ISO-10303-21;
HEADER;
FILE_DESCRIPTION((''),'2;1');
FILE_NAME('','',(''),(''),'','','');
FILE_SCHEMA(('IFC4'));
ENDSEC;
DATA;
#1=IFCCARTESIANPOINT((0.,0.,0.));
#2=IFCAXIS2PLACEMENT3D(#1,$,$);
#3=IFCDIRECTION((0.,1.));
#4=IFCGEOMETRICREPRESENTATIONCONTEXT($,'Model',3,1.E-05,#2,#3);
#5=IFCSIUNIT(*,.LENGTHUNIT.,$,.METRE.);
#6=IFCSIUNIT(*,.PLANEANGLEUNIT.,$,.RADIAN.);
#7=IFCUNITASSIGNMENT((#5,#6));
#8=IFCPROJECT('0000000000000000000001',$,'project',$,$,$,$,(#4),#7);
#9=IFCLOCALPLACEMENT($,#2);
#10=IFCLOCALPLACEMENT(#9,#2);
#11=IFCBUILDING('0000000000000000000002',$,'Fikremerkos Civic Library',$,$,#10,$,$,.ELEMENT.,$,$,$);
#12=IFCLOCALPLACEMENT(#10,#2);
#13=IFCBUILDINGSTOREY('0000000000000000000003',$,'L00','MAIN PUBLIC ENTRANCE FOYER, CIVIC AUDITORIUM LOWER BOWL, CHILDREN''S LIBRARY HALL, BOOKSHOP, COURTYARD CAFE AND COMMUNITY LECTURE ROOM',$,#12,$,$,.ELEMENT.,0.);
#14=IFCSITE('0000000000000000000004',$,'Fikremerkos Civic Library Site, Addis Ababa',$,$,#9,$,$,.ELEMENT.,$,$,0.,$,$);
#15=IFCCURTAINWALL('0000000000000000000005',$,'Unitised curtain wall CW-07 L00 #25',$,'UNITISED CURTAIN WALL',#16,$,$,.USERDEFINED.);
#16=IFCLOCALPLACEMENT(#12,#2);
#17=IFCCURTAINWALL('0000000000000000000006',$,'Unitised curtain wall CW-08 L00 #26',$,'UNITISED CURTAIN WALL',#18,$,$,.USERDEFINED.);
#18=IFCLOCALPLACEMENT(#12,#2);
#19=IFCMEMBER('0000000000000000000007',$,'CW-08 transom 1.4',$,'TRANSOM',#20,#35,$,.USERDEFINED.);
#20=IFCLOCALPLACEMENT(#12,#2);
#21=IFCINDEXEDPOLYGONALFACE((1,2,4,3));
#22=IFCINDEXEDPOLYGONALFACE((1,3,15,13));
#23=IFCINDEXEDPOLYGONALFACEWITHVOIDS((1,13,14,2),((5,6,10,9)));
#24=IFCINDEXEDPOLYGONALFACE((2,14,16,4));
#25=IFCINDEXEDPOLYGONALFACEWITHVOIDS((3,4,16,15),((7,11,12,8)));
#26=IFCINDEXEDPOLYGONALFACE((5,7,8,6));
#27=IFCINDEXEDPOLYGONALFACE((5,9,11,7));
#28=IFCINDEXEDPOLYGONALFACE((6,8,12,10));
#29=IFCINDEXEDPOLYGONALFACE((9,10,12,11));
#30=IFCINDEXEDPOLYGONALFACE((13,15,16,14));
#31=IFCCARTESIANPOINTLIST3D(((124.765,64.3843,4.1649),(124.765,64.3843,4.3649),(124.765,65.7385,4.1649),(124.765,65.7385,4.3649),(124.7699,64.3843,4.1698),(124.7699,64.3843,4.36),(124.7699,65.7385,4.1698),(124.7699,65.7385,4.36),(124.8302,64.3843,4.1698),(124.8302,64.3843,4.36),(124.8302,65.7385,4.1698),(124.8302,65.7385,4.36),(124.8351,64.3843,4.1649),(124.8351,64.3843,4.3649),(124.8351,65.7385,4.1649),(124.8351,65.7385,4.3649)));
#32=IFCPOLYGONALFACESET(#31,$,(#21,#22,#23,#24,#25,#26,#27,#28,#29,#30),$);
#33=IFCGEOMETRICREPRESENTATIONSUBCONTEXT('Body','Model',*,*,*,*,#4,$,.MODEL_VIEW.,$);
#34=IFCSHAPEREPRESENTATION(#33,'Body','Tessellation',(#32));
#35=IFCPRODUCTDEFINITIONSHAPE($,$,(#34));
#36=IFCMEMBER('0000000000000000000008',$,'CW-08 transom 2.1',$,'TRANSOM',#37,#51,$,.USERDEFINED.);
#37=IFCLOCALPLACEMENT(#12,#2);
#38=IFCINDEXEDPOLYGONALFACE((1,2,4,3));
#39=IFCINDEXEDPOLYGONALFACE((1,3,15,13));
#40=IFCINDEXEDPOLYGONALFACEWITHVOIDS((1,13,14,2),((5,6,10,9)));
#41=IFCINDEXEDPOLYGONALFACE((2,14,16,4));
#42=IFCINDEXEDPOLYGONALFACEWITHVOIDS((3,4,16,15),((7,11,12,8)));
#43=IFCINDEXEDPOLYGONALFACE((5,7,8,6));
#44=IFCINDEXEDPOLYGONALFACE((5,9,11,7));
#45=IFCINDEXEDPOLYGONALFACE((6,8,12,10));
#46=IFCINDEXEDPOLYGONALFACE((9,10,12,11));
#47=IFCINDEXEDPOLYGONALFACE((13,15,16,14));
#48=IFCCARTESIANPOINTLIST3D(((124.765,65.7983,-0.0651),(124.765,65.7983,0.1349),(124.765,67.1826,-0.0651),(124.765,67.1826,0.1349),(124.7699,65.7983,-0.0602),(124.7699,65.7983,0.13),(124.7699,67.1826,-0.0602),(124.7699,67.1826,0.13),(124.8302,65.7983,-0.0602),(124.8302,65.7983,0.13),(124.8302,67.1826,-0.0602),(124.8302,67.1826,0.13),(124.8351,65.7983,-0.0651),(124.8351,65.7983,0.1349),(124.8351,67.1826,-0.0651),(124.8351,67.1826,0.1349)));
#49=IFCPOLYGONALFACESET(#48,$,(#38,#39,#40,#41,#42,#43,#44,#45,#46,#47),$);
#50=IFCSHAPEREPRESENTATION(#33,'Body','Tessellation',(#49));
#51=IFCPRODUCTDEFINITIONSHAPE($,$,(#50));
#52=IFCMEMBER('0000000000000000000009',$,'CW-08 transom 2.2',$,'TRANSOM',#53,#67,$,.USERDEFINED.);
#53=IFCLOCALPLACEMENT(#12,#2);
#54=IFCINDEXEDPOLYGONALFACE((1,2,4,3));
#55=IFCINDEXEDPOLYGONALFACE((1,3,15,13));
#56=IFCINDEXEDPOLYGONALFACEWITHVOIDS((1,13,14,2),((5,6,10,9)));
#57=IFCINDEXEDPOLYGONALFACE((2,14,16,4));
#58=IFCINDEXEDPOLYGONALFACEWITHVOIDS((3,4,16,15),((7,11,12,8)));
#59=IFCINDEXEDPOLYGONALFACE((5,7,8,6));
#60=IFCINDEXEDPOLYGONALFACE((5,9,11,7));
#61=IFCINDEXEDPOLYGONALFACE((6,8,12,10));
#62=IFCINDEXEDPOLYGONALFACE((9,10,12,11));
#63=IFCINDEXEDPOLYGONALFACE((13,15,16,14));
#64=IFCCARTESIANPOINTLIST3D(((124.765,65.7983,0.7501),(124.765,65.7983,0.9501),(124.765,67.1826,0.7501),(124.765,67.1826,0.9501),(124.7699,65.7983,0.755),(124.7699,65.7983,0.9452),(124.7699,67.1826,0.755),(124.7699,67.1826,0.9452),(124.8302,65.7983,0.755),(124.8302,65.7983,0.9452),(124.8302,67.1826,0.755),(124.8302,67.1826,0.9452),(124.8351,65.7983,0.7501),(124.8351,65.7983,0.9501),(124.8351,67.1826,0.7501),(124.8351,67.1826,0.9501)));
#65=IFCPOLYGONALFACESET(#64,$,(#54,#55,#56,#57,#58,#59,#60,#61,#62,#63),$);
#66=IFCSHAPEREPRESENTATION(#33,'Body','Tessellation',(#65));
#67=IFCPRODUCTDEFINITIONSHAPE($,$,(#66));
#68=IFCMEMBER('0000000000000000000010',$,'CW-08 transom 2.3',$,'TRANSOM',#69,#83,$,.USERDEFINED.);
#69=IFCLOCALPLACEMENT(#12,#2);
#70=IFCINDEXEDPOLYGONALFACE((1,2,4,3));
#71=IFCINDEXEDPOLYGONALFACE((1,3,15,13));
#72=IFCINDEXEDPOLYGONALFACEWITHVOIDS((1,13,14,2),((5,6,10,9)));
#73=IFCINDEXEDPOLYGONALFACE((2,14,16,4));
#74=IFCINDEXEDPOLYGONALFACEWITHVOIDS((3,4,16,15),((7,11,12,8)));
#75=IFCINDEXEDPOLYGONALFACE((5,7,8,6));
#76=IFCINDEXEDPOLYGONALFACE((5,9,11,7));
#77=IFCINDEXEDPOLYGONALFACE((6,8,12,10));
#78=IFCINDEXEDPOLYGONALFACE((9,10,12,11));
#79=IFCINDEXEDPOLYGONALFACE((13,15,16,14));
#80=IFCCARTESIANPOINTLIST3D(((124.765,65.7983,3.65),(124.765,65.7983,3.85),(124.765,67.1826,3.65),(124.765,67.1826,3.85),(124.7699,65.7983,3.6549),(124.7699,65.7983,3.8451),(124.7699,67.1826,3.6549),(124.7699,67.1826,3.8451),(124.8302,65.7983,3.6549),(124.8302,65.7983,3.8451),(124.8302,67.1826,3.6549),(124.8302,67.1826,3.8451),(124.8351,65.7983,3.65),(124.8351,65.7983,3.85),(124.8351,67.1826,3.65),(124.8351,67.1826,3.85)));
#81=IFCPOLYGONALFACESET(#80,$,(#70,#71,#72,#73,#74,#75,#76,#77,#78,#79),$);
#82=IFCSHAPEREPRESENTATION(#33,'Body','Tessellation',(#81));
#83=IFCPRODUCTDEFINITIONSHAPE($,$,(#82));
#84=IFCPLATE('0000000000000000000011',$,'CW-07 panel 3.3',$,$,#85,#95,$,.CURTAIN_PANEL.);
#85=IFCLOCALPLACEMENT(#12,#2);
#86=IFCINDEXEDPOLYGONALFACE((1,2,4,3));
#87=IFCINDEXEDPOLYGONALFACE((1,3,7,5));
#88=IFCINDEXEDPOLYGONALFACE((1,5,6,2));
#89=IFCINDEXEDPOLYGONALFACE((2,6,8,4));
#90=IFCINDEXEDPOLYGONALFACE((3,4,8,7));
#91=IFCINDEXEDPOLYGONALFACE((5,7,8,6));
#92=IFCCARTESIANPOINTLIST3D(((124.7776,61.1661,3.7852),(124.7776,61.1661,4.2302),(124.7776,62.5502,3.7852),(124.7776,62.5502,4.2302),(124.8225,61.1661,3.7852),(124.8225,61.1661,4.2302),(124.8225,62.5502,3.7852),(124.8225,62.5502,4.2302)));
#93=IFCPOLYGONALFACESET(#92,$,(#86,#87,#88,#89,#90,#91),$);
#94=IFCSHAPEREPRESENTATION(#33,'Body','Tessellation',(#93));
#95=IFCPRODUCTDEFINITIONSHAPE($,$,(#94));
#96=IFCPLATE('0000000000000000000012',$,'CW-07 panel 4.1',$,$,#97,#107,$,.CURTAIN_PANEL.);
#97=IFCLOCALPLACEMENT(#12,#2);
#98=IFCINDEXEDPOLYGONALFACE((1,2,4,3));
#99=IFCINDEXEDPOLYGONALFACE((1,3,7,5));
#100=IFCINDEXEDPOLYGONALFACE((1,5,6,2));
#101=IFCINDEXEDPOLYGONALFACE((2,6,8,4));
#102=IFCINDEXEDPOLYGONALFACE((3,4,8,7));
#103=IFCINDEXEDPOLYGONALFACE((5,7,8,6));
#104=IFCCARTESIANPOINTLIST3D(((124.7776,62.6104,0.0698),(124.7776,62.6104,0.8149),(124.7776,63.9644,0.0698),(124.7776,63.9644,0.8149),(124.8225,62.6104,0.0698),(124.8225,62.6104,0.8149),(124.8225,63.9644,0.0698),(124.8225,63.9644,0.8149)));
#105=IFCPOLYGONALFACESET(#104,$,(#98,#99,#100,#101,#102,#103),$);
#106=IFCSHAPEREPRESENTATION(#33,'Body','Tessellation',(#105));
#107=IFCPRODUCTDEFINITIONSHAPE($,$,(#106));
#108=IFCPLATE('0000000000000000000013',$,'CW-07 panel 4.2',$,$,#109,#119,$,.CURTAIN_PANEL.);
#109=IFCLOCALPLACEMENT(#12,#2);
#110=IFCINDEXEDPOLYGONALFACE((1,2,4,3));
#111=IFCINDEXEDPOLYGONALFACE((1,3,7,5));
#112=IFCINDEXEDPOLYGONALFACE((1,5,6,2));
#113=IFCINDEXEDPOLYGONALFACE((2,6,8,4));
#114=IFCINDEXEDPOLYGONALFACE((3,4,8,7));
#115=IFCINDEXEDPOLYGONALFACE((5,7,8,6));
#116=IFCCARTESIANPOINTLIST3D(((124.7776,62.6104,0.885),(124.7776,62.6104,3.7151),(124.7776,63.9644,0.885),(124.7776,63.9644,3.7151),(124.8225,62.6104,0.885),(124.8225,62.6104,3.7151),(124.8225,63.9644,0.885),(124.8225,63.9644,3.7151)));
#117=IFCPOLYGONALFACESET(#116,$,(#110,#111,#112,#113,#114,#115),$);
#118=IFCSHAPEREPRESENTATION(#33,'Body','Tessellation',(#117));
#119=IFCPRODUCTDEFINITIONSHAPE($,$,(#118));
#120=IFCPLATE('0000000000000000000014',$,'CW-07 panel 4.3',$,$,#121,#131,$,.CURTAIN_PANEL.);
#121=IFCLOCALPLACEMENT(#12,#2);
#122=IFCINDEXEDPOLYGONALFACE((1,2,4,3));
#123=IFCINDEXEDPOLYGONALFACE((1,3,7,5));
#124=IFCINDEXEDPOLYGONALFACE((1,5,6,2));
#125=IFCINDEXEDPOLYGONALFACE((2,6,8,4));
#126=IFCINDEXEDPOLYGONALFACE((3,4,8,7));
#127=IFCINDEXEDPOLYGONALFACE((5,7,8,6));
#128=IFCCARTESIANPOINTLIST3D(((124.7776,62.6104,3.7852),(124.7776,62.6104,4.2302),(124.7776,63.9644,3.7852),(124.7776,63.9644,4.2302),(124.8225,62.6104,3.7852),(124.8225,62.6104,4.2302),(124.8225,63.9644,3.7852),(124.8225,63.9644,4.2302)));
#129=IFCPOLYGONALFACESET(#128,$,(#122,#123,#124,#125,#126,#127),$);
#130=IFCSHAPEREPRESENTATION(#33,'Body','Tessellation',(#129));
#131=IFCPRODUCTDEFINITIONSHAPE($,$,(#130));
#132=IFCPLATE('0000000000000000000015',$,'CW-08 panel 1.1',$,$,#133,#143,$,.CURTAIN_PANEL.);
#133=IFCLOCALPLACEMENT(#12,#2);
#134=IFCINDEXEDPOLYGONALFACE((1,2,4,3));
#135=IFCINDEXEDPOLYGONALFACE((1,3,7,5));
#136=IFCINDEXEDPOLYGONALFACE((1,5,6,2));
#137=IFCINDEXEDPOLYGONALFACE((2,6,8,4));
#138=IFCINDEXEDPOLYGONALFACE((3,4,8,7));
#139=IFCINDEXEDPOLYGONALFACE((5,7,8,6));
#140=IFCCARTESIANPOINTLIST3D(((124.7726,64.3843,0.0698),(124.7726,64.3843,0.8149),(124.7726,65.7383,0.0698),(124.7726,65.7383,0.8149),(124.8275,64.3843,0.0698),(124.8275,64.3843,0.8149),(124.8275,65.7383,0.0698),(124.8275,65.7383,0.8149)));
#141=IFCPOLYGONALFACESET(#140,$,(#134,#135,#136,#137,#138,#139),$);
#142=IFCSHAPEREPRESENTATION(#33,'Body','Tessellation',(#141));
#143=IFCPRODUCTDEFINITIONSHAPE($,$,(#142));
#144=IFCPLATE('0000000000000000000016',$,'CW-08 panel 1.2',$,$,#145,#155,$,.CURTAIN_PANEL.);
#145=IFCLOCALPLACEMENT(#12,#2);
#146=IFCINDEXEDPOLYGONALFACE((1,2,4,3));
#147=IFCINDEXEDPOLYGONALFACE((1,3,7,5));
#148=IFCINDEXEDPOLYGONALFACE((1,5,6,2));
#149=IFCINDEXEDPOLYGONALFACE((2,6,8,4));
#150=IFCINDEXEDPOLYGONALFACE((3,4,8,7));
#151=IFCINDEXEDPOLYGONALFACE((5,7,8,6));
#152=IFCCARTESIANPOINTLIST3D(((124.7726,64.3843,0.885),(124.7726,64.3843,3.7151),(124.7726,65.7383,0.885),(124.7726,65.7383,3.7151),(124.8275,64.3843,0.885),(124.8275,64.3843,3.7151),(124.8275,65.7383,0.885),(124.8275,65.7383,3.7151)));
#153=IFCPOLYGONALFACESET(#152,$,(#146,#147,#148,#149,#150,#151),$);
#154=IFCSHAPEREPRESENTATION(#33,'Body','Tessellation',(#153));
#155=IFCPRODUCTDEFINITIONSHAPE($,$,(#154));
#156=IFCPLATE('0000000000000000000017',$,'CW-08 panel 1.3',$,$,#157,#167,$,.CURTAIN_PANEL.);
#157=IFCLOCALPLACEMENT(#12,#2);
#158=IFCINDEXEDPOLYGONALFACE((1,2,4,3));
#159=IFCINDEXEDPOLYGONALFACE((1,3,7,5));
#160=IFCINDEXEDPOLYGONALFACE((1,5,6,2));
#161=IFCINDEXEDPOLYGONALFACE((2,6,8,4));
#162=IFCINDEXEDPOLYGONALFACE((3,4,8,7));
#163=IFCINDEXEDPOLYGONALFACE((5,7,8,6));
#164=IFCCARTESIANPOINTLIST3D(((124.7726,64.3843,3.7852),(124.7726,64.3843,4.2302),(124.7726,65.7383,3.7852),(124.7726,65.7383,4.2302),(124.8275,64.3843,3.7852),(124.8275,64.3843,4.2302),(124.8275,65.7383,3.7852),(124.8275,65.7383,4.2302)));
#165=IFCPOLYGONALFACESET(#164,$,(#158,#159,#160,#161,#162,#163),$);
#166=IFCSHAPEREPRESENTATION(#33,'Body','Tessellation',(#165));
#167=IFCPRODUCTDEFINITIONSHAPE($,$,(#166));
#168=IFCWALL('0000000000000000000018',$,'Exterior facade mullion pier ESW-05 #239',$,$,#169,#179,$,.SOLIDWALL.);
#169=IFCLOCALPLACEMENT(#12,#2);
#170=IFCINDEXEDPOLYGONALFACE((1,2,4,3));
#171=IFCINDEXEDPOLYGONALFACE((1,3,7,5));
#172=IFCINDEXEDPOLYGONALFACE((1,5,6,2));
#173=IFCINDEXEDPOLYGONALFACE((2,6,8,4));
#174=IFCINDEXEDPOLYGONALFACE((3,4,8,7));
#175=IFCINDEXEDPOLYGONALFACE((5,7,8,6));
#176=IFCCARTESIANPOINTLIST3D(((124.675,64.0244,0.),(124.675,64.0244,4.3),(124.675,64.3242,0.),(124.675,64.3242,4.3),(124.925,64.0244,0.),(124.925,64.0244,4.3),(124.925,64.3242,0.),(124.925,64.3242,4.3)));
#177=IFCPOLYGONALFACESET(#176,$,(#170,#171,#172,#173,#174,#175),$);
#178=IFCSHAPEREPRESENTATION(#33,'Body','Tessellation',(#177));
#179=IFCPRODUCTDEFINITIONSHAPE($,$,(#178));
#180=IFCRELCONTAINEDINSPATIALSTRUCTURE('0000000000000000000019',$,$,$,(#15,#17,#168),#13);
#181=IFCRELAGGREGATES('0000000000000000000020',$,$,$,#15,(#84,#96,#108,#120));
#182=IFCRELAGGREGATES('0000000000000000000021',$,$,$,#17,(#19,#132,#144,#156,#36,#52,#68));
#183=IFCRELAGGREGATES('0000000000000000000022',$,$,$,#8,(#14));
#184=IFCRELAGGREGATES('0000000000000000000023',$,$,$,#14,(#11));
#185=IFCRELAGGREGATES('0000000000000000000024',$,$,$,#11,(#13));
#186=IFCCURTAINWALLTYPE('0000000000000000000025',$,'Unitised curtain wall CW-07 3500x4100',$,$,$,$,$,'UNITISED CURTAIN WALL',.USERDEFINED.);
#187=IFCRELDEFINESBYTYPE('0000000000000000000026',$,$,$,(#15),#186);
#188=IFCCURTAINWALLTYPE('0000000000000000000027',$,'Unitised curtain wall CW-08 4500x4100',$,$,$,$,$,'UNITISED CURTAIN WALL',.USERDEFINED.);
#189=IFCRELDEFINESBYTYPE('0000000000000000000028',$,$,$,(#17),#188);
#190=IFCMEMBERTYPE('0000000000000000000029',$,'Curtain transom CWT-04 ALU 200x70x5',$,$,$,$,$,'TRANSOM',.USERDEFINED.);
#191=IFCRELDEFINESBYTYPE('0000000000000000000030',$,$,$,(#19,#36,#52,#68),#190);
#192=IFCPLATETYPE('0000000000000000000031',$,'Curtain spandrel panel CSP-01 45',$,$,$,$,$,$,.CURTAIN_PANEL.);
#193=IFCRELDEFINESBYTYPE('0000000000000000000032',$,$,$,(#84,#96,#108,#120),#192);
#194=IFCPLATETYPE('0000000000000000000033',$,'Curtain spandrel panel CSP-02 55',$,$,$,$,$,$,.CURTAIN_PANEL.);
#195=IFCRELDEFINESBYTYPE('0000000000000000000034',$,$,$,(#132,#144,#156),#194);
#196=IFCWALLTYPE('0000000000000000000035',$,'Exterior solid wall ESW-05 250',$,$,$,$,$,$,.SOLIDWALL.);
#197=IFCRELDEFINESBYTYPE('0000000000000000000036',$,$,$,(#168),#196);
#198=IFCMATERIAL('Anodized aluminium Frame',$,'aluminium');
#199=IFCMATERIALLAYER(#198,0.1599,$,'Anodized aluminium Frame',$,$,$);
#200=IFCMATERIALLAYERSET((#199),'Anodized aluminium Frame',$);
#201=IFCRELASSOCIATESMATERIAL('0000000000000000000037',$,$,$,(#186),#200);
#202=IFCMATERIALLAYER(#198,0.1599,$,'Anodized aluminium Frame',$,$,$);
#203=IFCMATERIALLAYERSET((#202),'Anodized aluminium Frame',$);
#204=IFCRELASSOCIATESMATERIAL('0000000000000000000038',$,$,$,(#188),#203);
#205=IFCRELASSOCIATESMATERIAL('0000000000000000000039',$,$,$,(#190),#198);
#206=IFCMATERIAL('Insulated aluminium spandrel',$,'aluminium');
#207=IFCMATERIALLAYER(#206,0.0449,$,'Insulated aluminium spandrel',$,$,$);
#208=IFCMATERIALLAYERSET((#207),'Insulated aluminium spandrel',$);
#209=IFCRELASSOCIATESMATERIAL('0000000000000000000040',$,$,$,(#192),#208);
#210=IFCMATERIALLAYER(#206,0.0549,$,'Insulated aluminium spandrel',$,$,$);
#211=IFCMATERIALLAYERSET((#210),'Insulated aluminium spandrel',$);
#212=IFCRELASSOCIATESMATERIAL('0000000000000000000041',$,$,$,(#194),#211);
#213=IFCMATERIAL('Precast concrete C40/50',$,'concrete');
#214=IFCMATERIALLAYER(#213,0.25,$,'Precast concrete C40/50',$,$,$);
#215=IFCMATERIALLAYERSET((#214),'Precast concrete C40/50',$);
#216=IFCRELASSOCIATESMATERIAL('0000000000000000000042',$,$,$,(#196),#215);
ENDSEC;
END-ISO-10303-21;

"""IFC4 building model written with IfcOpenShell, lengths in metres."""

from ifc_helpers import new_model, si_unit, direction, frame, frame_2d, origin, origin_2d, place, context, subcontext, project, spatial, rectangle, hollow_rectangle, extrude, material, layer, layer_set, material_profile, profile_set, type_object, element, aggregate, save


model = new_model("IFC4")

# Units and contexts
model_context = context("Model", 3, precision=1e-05, world=origin(), true_north=direction((0.0, 1.0)))
body_context = subcontext(model_context, "Body", "Model", "MODEL_VIEW")
ifc_project = project(units=[si_unit("LENGTHUNIT", "METRE"), si_unit("PLANEANGLEUNIT", "RADIAN")], contexts=[model_context])

# Site, building, storey
site_placement = place(None, origin())
site = spatial("IfcSite", under=ifc_project, at=site_placement, Name="Fikremerkos Civic Library Site, Addis Ababa", CompositionType="ELEMENT", RefElevation=0.0)
building_placement = place(site_placement, origin())
building = spatial("IfcBuilding", under=site, at=building_placement, Name="Fikremerkos Civic Library", CompositionType="ELEMENT")
storey_placement = place(building_placement, origin())
storey = spatial("IfcBuildingStorey", under=building, at=storey_placement, Name="L00", Description="MAIN PUBLIC ENTRANCE FOYER, CIVIC AUDITORIUM LOWER BOWL, CHILDREN'S LIBRARY HALL, BOOKSHOP, COURTYARD CAFE AND COMMUNITY LECTURE ROOM", CompositionType="ELEMENT", Elevation=0.0)

# Curtain walls
ifc_material_1 = material(Name="Anodized aluminium Frame", Category="aluminium")
ifc_layer_1 = layer(ifc_material_1, 0.1599, Name="Anodized aluminium Frame")
ifc_layer_set_1 = layer_set([ifc_layer_1], Name="Anodized aluminium Frame")
curtain_wall_type_1 = type_object("IfcCurtainWallType", Name="Unitised curtain wall CW-07 3500x4100", ElementType="UNITISED CURTAIN WALL", PredefinedType="USERDEFINED", material=ifc_layer_set_1)
curtain_wall_1_placement = place(storey_placement, origin())
curtain_wall_1 = element("IfcCurtainWall", 1, at=curtain_wall_1_placement, inside=storey, type_object=curtain_wall_type_1, Name="Unitised curtain wall CW-07 L00 #25", ObjectType="UNITISED CURTAIN WALL", PredefinedType="USERDEFINED")
ifc_layer_2 = layer(ifc_material_1, 0.1599, Name="Anodized aluminium Frame")
ifc_layer_set_2 = layer_set([ifc_layer_2], Name="Anodized aluminium Frame")
curtain_wall_type_2 = type_object("IfcCurtainWallType", Name="Unitised curtain wall CW-08 4500x4100", ElementType="UNITISED CURTAIN WALL", PredefinedType="USERDEFINED", material=ifc_layer_set_2)
curtain_wall_2_placement = place(storey_placement, origin())
curtain_wall_2 = element("IfcCurtainWall", 2, at=curtain_wall_2_placement, inside=storey, type_object=curtain_wall_type_2, Name="Unitised curtain wall CW-08 L00 #26", ObjectType="UNITISED CURTAIN WALL", PredefinedType="USERDEFINED")

# Members
ifc_material_profile_1 = material_profile(ifc_material_1, hollow_rectangle(XDim=0.0701, YDim=0.2, WallThickness=0.0049, at=origin_2d()), Name="ALU 200x70x5")
ifc_profile_set_1 = profile_set([ifc_material_profile_1], Name="Anodized aluminium Frame")
member_type_1 = type_object("IfcMemberType", Name="Curtain transom CWT-04 ALU 200x70x5", ElementType="TRANSOM", PredefinedType="USERDEFINED", material=ifc_profile_set_1)
member_1_placement = place(storey_placement, frame((124.8, 64.3843, 4.2649), z_axis=(0.0, 1.0, 0.0), x_axis=(-1.0, 0.0, 0.0)))
member_1 = element("IfcMember", 3, at=member_1_placement, type_object=member_type_1, Name="CW-08 transom 1.4", ObjectType="TRANSOM", PredefinedType="USERDEFINED", context=body_context, shape_type="SweptSolid", body=[
    extrude(hollow_rectangle(XDim=0.0701, YDim=0.2, WallThickness=0.0049, at=origin_2d()), origin(), (0.0, 0.0, 1.0), 1.3542),
])
member_2_placement = place(storey_placement, frame((124.8, 65.7983, 0.0349), z_axis=(0.0, 1.0, 0.0), x_axis=(-1.0, 0.0, 0.0)))
member_2 = element("IfcMember", 4, at=member_2_placement, type_object=member_type_1, Name="CW-08 transom 2.1", ObjectType="TRANSOM", PredefinedType="USERDEFINED", context=body_context, shape_type="SweptSolid", body=[
    extrude(hollow_rectangle(XDim=0.0701, YDim=0.2, WallThickness=0.0049, at=origin_2d()), origin(), (0.0, 0.0, 1.0), 1.3843),
])
member_3_placement = place(storey_placement, frame((124.8, 65.7983, 0.8501), z_axis=(0.0, 1.0, 0.0), x_axis=(-1.0, 0.0, 0.0)))
member_3 = element("IfcMember", 5, at=member_3_placement, type_object=member_type_1, Name="CW-08 transom 2.2", ObjectType="TRANSOM", PredefinedType="USERDEFINED", context=body_context, shape_type="SweptSolid", body=[
    extrude(hollow_rectangle(XDim=0.0701, YDim=0.2, WallThickness=0.0049, at=origin_2d()), origin(), (0.0, 0.0, 1.0), 1.3843),
])
member_4_placement = place(storey_placement, frame((124.8, 65.7983, 3.75), z_axis=(0.0, 1.0, 0.0), x_axis=(-1.0, 0.0, 0.0)))
member_4 = element("IfcMember", 6, at=member_4_placement, type_object=member_type_1, Name="CW-08 transom 2.3", ObjectType="TRANSOM", PredefinedType="USERDEFINED", context=body_context, shape_type="SweptSolid", body=[
    extrude(hollow_rectangle(XDim=0.0701, YDim=0.2, WallThickness=0.0049, at=origin_2d()), origin(), (0.0, 0.0, 1.0), 1.3843),
])

# Plates
ifc_material_2 = material(Name="Insulated aluminium spandrel", Category="aluminium")
ifc_layer_3 = layer(ifc_material_2, 0.0449, Name="Insulated aluminium spandrel")
ifc_layer_set_3 = layer_set([ifc_layer_3], Name="Insulated aluminium spandrel")
plate_type_1 = type_object("IfcPlateType", Name="Curtain spandrel panel CSP-01 45", PredefinedType="CURTAIN_PANEL", material=ifc_layer_set_3)
plate_1_placement = place(storey_placement, frame((124.8, 61.8582, 3.7852), z_axis=(0.0, 0.0, 1.0), x_axis=(0.0, 1.0, 0.0)))
plate_1 = element("IfcPlate", 7, at=plate_1_placement, type_object=plate_type_1, Name="CW-07 panel 3.3", PredefinedType="CURTAIN_PANEL", context=body_context, shape_type="SweptSolid", body=[
    extrude(rectangle(XDim=1.384, YDim=0.0449, at=origin_2d()), origin(), (0.0, 0.0, 1.0), 0.4451),
])
plate_2_placement = place(storey_placement, frame((124.8, 63.2874, 0.0698), z_axis=(0.0, 0.0, 1.0), x_axis=(0.0, 1.0, 0.0)))
plate_2 = element("IfcPlate", 8, at=plate_2_placement, type_object=plate_type_1, Name="CW-07 panel 4.1", PredefinedType="CURTAIN_PANEL", context=body_context, shape_type="SweptSolid", body=[
    extrude(rectangle(XDim=1.354, YDim=0.0449, at=origin_2d()), origin(), (0.0, 0.0, 1.0), 0.7451),
])
plate_3_placement = place(storey_placement, frame((124.8, 63.2874, 0.885), z_axis=(0.0, 0.0, 1.0), x_axis=(0.0, 1.0, 0.0)))
plate_3 = element("IfcPlate", 9, at=plate_3_placement, type_object=plate_type_1, Name="CW-07 panel 4.2", PredefinedType="CURTAIN_PANEL", context=body_context, shape_type="SweptSolid", body=[
    extrude(rectangle(XDim=1.354, YDim=0.0449, at=origin_2d()), origin(), (0.0, 0.0, 1.0), 2.8301),
])
plate_4_placement = place(storey_placement, frame((124.8, 63.2874, 3.7852), z_axis=(0.0, 0.0, 1.0), x_axis=(0.0, 1.0, 0.0)))
plate_4 = element("IfcPlate", 10, at=plate_4_placement, type_object=plate_type_1, Name="CW-07 panel 4.3", PredefinedType="CURTAIN_PANEL", context=body_context, shape_type="SweptSolid", body=[
    extrude(rectangle(XDim=1.354, YDim=0.0449, at=origin_2d()), origin(), (0.0, 0.0, 1.0), 0.4451),
])
aggregate(curtain_wall_1, [plate_1, plate_2, plate_3, plate_4])
ifc_layer_4 = layer(ifc_material_2, 0.0549, Name="Insulated aluminium spandrel")
ifc_layer_set_4 = layer_set([ifc_layer_4], Name="Insulated aluminium spandrel")
plate_type_2 = type_object("IfcPlateType", Name="Curtain spandrel panel CSP-02 55", PredefinedType="CURTAIN_PANEL", material=ifc_layer_set_4)
plate_5_placement = place(storey_placement, frame((124.8, 65.0613, 0.0698), z_axis=(0.0, 0.0, 1.0), x_axis=(0.0, 1.0, 0.0)))
plate_5 = element("IfcPlate", 11, at=plate_5_placement, type_object=plate_type_2, Name="CW-08 panel 1.1", PredefinedType="CURTAIN_PANEL", context=body_context, shape_type="SweptSolid", body=[
    extrude(rectangle(XDim=1.354, YDim=0.0549, at=origin_2d()), origin(), (0.0, 0.0, 1.0), 0.7451),
])
plate_6_placement = place(storey_placement, frame((124.8, 65.0613, 0.885), z_axis=(0.0, 0.0, 1.0), x_axis=(0.0, 1.0, 0.0)))
plate_6 = element("IfcPlate", 12, at=plate_6_placement, type_object=plate_type_2, Name="CW-08 panel 1.2", PredefinedType="CURTAIN_PANEL", context=body_context, shape_type="SweptSolid", body=[
    extrude(rectangle(XDim=1.354, YDim=0.0549, at=origin_2d()), origin(), (0.0, 0.0, 1.0), 2.8301),
])
plate_7_placement = place(storey_placement, frame((124.8, 65.0613, 3.7852), z_axis=(0.0, 0.0, 1.0), x_axis=(0.0, 1.0, 0.0)))
plate_7 = element("IfcPlate", 13, at=plate_7_placement, type_object=plate_type_2, Name="CW-08 panel 1.3", PredefinedType="CURTAIN_PANEL", context=body_context, shape_type="SweptSolid", body=[
    extrude(rectangle(XDim=1.354, YDim=0.0549, at=origin_2d()), origin(), (0.0, 0.0, 1.0), 0.4451),
])
aggregate(curtain_wall_2, [member_1, plate_5, plate_6, plate_7, member_2, member_3, member_4])

# Wall
ifc_material_3 = material(Name="Precast concrete C40/50", Category="concrete")
ifc_layer_5 = layer(ifc_material_3, 0.25, Name="Precast concrete C40/50")
ifc_layer_set_5 = layer_set([ifc_layer_5], Name="Precast concrete C40/50")
wall_type = type_object("IfcWallType", Name="Exterior solid wall ESW-05 250", PredefinedType="SOLIDWALL", material=ifc_layer_set_5)
wall_placement = place(storey_placement, frame((124.8, 64.0244, 0.0), z_axis=(0.0, 0.0, 1.0), x_axis=(0.0, 1.0, 0.0)))
element("IfcWall", 14, at=wall_placement, inside=storey, type_object=wall_type, Name="Exterior facade mullion pier ESW-05 #239", PredefinedType="SOLIDWALL", context=body_context, shape_type="SweptSolid", body=[
    extrude(rectangle(XDim=0.2998, YDim=0.25, at=frame_2d((0.1499, 0.0))), origin(), (0.0, 0.0, 1.0), 4.3),
])

save(model, "model.ifc")
